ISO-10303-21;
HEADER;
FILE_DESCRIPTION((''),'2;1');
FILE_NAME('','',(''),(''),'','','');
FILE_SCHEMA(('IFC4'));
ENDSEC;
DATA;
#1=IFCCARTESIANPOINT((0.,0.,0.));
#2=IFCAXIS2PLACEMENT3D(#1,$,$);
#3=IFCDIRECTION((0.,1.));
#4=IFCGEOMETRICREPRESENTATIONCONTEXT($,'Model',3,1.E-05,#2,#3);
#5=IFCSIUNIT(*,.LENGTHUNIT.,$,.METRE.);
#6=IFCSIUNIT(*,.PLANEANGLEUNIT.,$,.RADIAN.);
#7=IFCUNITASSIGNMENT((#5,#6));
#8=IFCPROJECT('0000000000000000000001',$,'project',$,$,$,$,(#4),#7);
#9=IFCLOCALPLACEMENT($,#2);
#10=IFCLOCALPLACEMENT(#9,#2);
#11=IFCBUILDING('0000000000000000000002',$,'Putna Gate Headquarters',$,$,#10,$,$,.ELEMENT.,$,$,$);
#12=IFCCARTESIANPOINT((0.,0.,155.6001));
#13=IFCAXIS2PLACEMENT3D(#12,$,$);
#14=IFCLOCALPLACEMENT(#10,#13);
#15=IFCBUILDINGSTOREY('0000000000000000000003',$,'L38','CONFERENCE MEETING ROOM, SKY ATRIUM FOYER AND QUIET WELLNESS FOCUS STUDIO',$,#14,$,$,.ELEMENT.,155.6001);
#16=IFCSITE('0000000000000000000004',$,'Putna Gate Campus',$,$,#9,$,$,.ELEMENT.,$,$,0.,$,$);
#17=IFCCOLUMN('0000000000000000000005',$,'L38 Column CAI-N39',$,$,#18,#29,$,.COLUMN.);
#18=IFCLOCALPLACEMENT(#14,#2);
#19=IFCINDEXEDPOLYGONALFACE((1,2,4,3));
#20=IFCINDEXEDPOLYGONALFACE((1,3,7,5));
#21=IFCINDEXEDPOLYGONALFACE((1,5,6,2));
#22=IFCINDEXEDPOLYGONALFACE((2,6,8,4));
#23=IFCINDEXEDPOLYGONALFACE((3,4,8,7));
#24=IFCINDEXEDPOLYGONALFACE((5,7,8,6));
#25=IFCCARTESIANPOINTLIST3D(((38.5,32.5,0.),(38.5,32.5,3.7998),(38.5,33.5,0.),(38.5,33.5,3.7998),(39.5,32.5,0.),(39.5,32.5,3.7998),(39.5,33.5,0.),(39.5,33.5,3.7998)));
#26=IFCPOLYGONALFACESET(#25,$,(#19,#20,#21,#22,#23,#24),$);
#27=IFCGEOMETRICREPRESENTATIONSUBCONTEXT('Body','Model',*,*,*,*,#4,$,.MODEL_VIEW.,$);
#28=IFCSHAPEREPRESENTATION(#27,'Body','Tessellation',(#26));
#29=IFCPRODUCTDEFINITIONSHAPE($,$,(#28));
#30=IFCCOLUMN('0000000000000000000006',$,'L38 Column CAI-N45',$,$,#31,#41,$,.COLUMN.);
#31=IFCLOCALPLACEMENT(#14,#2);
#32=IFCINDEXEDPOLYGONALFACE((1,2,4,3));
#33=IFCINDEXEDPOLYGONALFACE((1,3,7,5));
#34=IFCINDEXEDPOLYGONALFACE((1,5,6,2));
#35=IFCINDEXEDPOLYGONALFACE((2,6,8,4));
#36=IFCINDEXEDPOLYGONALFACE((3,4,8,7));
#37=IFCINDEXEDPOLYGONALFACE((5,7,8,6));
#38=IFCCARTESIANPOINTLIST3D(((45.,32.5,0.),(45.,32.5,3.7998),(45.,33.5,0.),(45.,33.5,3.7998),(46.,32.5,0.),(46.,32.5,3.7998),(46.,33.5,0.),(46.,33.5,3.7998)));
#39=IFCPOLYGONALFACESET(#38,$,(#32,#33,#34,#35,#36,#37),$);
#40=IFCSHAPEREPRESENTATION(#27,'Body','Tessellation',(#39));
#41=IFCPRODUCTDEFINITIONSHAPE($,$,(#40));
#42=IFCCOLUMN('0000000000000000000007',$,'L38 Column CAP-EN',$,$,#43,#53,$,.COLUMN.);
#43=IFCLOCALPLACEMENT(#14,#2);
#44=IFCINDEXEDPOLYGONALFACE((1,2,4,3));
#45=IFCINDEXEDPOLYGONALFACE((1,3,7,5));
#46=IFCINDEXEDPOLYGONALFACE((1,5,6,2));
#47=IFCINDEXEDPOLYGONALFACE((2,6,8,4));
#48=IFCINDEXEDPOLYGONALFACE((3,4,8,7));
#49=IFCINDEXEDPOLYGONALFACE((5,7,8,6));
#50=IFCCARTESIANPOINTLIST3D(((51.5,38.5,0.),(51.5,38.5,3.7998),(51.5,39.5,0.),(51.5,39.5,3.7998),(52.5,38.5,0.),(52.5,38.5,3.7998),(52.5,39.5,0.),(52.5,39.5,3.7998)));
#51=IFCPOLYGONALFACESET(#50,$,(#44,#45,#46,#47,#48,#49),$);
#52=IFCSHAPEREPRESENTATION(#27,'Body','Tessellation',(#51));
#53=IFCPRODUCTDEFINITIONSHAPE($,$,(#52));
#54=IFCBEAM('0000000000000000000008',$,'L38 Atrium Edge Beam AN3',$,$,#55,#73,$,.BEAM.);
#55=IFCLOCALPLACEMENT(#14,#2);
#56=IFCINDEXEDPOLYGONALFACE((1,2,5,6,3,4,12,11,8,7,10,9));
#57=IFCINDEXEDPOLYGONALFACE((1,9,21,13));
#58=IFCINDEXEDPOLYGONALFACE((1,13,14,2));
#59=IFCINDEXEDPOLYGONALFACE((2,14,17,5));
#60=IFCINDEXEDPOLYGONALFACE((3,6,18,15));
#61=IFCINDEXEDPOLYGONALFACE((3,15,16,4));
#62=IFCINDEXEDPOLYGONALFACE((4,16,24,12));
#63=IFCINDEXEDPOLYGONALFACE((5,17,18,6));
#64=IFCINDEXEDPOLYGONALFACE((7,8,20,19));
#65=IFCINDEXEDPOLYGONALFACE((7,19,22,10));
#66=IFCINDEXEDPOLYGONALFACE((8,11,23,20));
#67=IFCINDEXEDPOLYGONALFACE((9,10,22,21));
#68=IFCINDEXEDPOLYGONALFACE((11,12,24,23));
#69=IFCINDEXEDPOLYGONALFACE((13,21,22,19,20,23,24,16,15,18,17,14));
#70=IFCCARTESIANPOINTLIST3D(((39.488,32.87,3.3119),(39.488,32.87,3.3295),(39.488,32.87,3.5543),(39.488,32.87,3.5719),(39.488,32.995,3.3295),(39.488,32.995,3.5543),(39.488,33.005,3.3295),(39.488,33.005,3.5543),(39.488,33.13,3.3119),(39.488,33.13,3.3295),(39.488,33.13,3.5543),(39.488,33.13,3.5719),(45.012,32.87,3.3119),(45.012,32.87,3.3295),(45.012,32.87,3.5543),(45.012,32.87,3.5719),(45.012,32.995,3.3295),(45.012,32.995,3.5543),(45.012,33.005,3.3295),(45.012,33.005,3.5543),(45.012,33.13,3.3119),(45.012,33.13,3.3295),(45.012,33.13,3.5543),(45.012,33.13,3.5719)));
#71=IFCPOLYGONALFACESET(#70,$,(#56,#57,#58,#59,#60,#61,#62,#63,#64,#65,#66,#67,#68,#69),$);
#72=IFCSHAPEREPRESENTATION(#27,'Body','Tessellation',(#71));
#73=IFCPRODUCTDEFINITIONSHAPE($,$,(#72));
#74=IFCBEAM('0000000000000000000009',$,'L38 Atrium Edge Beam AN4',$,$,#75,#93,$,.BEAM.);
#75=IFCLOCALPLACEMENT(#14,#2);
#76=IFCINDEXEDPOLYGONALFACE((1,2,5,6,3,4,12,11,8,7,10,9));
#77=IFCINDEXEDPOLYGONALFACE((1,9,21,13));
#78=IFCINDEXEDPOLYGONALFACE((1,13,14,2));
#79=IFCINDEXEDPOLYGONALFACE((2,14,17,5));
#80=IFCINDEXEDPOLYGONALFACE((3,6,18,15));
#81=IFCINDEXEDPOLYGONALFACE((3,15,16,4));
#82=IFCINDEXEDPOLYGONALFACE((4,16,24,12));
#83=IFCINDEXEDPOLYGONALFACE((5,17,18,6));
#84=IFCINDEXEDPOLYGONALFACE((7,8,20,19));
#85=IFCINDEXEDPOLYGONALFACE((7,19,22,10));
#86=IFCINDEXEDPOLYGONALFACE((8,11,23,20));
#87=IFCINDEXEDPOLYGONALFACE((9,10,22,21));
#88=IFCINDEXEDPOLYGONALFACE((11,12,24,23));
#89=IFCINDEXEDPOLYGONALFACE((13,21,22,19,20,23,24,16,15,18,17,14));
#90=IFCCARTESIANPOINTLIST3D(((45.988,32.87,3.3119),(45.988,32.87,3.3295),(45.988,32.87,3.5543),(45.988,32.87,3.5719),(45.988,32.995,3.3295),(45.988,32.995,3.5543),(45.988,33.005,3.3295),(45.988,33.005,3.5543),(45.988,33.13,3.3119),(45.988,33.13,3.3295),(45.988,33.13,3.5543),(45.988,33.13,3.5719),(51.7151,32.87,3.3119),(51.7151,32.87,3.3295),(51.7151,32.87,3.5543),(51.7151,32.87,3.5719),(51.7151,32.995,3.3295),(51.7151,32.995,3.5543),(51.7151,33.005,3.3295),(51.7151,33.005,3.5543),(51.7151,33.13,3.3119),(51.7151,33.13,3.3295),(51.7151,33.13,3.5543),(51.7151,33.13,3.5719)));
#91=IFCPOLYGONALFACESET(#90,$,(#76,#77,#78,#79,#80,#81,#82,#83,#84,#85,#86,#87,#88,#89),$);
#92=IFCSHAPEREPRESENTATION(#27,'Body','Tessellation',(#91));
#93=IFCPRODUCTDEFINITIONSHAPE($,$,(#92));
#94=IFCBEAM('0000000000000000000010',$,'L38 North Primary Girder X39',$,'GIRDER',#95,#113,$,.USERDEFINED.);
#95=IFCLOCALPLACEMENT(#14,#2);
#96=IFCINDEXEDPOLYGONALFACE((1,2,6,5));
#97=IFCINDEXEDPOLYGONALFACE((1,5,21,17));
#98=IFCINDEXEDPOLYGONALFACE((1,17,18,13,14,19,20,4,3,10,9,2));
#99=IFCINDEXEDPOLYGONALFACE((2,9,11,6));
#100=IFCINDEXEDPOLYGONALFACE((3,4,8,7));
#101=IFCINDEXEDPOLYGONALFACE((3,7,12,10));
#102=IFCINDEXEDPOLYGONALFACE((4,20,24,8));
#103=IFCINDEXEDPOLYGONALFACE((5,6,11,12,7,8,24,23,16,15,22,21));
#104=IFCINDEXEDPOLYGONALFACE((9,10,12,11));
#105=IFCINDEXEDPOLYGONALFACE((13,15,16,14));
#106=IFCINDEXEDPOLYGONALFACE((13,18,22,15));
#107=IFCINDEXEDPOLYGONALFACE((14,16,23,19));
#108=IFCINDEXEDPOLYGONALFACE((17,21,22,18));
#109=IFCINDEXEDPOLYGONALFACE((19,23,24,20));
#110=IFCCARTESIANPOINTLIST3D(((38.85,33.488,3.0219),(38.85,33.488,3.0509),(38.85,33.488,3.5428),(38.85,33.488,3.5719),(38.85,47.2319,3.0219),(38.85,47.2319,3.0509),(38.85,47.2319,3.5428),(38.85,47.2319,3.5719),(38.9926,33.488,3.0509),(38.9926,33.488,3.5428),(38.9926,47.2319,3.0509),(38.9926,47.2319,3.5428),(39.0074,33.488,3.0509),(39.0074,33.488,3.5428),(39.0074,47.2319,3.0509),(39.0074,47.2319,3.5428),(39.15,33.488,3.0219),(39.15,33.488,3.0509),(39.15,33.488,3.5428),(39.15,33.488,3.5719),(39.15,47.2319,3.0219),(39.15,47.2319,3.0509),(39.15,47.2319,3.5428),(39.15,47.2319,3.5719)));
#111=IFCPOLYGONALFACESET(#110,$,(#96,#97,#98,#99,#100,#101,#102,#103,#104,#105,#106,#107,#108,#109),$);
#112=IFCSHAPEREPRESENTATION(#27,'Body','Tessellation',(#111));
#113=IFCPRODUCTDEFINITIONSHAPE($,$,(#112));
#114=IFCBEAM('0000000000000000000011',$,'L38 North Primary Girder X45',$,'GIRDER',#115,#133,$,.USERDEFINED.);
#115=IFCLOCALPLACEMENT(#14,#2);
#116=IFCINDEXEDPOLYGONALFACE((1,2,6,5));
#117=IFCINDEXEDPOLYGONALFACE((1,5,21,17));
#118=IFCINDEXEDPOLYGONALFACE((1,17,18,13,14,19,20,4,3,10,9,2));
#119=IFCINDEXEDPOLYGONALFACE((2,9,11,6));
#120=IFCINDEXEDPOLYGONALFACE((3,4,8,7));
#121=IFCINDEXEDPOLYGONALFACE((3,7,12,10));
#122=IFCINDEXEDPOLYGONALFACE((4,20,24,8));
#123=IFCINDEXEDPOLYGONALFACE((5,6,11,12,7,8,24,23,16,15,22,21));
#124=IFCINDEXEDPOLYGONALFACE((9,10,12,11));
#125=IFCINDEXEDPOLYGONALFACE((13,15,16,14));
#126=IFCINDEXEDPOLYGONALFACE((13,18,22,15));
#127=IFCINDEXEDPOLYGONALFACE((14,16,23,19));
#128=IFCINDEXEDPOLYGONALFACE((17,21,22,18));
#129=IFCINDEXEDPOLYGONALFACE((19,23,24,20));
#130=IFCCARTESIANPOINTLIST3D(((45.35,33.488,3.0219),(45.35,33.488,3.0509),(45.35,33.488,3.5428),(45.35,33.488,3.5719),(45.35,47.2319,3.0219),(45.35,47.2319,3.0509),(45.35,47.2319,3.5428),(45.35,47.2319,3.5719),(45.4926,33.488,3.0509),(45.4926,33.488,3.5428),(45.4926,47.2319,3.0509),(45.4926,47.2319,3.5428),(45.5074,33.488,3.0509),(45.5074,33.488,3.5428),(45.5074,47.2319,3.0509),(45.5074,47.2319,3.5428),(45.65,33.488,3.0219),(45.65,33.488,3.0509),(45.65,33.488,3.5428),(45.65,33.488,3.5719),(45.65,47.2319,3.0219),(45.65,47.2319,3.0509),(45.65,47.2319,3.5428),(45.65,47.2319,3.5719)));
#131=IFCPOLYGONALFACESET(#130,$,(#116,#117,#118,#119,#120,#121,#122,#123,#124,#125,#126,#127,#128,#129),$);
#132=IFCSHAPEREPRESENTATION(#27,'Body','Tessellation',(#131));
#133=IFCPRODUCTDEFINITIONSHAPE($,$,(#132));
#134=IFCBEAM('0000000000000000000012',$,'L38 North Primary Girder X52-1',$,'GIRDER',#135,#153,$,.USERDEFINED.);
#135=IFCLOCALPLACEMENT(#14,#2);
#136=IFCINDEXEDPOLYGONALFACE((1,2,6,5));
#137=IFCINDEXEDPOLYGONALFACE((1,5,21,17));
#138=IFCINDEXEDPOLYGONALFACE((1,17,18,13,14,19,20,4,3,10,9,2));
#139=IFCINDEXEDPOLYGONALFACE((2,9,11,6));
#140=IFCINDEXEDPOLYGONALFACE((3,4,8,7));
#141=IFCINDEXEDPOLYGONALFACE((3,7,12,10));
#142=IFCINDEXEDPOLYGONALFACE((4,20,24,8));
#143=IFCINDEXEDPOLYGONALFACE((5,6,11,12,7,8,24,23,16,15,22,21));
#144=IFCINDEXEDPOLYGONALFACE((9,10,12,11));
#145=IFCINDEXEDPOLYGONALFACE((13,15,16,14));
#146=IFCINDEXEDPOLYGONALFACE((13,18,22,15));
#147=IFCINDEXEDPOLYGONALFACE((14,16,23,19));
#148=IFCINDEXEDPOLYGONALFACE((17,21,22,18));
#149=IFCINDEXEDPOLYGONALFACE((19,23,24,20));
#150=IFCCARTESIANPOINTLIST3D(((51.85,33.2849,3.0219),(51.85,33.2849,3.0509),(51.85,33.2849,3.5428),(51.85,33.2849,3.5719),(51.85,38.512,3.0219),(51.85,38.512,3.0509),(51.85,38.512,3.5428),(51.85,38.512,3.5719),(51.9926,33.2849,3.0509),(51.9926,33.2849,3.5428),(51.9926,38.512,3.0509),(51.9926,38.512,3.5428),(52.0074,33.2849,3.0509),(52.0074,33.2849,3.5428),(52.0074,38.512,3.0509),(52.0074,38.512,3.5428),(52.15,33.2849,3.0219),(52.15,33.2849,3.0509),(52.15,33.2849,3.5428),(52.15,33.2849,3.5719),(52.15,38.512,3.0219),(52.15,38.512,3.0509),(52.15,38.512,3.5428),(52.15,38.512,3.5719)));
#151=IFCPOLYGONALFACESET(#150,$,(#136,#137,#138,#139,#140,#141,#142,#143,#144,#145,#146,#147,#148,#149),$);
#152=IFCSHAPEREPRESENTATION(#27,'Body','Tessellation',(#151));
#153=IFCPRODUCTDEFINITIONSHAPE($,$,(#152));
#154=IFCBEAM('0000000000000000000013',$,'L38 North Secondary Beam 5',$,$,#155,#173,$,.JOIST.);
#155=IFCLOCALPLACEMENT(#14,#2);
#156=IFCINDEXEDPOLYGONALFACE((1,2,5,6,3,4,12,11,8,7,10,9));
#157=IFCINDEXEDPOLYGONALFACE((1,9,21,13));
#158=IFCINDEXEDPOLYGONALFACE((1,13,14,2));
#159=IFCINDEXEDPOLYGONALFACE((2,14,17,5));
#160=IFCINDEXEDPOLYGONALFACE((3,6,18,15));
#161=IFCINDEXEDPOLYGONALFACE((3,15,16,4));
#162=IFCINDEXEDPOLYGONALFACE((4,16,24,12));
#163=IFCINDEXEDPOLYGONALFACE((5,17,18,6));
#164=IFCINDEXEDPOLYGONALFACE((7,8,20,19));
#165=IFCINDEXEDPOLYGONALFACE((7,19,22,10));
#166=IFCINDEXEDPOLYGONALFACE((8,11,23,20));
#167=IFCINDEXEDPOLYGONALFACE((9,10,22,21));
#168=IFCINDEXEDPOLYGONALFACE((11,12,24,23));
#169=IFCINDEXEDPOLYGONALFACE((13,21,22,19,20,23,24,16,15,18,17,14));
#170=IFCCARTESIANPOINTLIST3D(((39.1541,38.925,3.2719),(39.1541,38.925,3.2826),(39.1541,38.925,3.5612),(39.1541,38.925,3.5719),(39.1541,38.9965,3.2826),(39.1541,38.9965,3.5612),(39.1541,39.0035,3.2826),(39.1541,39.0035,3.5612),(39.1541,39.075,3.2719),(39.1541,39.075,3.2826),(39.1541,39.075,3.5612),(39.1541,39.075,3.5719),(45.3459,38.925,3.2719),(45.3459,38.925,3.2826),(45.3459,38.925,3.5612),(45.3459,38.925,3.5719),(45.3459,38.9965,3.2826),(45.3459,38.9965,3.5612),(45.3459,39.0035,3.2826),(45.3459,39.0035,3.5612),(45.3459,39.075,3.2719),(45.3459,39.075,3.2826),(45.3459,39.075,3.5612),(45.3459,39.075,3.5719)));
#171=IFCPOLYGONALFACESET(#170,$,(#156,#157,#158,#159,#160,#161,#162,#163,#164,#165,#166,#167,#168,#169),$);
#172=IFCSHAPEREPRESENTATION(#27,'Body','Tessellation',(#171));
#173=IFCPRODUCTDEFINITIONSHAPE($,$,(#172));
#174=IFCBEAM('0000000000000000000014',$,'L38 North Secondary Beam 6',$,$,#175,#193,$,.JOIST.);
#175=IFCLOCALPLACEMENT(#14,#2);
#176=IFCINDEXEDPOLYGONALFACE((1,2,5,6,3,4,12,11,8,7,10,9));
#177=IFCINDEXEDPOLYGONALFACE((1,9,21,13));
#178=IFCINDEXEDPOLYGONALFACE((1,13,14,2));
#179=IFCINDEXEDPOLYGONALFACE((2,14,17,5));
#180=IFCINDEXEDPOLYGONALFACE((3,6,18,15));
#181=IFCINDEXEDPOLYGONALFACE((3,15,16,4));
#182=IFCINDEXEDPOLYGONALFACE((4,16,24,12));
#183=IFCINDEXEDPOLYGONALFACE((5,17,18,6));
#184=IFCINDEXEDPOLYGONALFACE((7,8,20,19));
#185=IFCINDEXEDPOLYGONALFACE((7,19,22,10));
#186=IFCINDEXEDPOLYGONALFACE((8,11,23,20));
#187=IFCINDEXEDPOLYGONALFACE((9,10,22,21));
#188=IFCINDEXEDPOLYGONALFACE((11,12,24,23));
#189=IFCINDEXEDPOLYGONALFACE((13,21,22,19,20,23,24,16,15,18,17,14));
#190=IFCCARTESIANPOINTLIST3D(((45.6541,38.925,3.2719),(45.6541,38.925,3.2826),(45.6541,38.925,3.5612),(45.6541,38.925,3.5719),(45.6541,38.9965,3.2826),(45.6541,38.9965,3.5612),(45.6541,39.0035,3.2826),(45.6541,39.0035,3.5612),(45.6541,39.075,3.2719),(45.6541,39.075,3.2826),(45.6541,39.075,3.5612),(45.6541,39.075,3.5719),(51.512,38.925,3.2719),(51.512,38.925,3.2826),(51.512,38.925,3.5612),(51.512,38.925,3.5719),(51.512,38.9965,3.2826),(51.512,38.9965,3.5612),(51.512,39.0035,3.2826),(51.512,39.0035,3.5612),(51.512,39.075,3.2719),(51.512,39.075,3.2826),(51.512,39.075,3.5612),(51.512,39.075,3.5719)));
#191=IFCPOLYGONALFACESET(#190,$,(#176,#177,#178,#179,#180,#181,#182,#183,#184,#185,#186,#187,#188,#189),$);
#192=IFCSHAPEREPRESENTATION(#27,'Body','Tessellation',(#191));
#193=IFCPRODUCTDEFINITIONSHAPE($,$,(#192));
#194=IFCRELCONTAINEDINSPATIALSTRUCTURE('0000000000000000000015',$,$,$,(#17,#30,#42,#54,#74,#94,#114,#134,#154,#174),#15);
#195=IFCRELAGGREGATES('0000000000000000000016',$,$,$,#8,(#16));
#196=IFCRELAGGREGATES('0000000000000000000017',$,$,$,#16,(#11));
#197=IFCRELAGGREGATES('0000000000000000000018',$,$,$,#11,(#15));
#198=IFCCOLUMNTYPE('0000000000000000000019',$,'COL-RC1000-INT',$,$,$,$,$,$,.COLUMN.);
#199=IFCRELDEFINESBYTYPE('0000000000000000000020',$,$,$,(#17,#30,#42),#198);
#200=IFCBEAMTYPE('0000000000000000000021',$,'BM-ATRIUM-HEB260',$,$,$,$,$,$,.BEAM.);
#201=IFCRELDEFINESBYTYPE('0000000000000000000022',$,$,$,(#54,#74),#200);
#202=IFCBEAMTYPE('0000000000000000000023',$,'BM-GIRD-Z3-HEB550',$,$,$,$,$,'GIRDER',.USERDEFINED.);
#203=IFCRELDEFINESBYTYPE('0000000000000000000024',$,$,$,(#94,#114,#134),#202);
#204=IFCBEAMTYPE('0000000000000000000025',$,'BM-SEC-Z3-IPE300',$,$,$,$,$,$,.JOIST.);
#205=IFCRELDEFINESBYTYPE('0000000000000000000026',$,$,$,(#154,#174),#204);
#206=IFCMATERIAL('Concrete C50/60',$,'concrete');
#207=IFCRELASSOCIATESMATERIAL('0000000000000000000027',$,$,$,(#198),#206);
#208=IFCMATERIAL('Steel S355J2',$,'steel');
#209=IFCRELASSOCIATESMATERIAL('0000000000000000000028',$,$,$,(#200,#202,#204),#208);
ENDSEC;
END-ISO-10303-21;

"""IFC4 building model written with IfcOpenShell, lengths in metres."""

from ifc_helpers import new_model, si_unit, direction, frame, origin, origin_2d, place, context, subcontext, project, spatial, rectangle, i_section, extrude, material, material_profile, profile_set, type_object, element, save


model = new_model("IFC4")

# Units and contexts
model_context = context("Model", 3, precision=1e-05, world=origin(), true_north=direction((0.0, 1.0)))
body_context = subcontext(model_context, "Body", "Model", "MODEL_VIEW")
ifc_project = project(units=[si_unit("LENGTHUNIT", "METRE"), si_unit("PLANEANGLEUNIT", "RADIAN")], contexts=[model_context])

# Site, building, storey
site_placement = place(None, origin())
site = spatial("IfcSite", under=ifc_project, at=site_placement, Name="Putna Gate Campus", CompositionType="ELEMENT", RefElevation=0.0)
building_placement = place(site_placement, origin())
building = spatial("IfcBuilding", under=site, at=building_placement, Name="Putna Gate Headquarters", CompositionType="ELEMENT")
storey_placement = place(building_placement, frame((0.0, 0.0, 155.6001)))
storey = spatial("IfcBuildingStorey", under=building, at=storey_placement, Name="L38", Description="CONFERENCE MEETING ROOM, SKY ATRIUM FOYER AND QUIET WELLNESS FOCUS STUDIO", CompositionType="ELEMENT", Elevation=155.6001)

# Columns
ifc_material_1 = material(Name="Concrete C50/60", Category="concrete")
ifc_material_profile_1 = material_profile(ifc_material_1, rectangle(XDim=1.0, YDim=1.0, at=origin_2d()), Name="Concrete C50/60")
ifc_profile_set_1 = profile_set([ifc_material_profile_1], Name="Concrete C50/60")
column_type = type_object("IfcColumnType", Name="COL-RC1000-INT", PredefinedType="COLUMN", material=ifc_profile_set_1)
for number, where, z_axis, x_axis, name in (
    (1, (39.0, 33.0, 0.0), (0.0, 0.0, 1.0), (1.0, 0.0, 0.0), "L38 Column CAI-N39"),
    (2, (45.5, 33.0, 0.0), (0.0, 0.0, 1.0), (1.0, 0.0, 0.0), "L38 Column CAI-N45"),
    (3, (52.0, 39.0, 0.0), (0.0, 0.0, 1.0), (1.0, 0.0, 0.0), "L38 Column CAP-EN"),
):
    element("IfcColumn", number, at=place(storey_placement, frame(where, z_axis=z_axis, x_axis=x_axis)), inside=storey, type_object=column_type, Name=name, PredefinedType="COLUMN", context=body_context, shape_type="SweptSolid", body=[
        extrude(rectangle(XDim=1.0, YDim=1.0, at=origin_2d()), origin(), (0.0, 0.0, 1.0), 3.7998),
    ])

# Beams
ifc_material_2 = material(Name="Steel S355J2", Category="steel")
ifc_material_profile_2 = material_profile(ifc_material_2, i_section(OverallWidth=0.26, OverallDepth=0.26, WebThickness=0.01, FlangeThickness=0.0176, at=origin_2d()), Name="Steel S355J2")
ifc_profile_set_2 = profile_set([ifc_material_profile_2], Name="Steel S355J2")
beam_type_1 = type_object("IfcBeamType", Name="BM-ATRIUM-HEB260", PredefinedType="BEAM", material=ifc_profile_set_2)
beam_1_placement = place(storey_placement, frame((39.488, 33.0, 3.4419), z_axis=(1.0, 0.0, 0.0), x_axis=(0.0, 1.0, 0.0)))
element("IfcBeam", 4, at=beam_1_placement, inside=storey, type_object=beam_type_1, Name="L38 Atrium Edge Beam AN3", PredefinedType="BEAM", context=body_context, shape_type="SweptSolid", body=[
    extrude(i_section(OverallWidth=0.26, OverallDepth=0.26, WebThickness=0.01, FlangeThickness=0.0176, at=origin_2d()), origin(), (0.0, 0.0, 1.0), 5.5239),
])
beam_2_placement = place(storey_placement, frame((45.988, 33.0, 3.4419), z_axis=(1.0, 0.0, 0.0), x_axis=(0.0, 1.0, 0.0)))
element("IfcBeam", 5, at=beam_2_placement, inside=storey, type_object=beam_type_1, Name="L38 Atrium Edge Beam AN4", PredefinedType="BEAM", context=body_context, shape_type="SweptSolid", body=[
    extrude(i_section(OverallWidth=0.26, OverallDepth=0.26, WebThickness=0.01, FlangeThickness=0.0176, at=origin_2d()), origin(), (0.0, 0.0, 1.0), 5.7271),
])
ifc_material_profile_3 = material_profile(ifc_material_2, i_section(OverallWidth=0.3, OverallDepth=0.55, WebThickness=0.0149, FlangeThickness=0.0291, at=origin_2d()), Name="Steel S355J2")
ifc_profile_set_3 = profile_set([ifc_material_profile_3], Name="Steel S355J2")
beam_type_2 = type_object("IfcBeamType", Name="BM-GIRD-Z3-HEB550", ElementType="GIRDER", PredefinedType="USERDEFINED", material=ifc_profile_set_3)
for number, where, z_axis, x_axis, name in (
    (6, (39.0, 33.488, 3.2969), (0.0, 1.0, 0.0), (-1.0, 0.0, 0.0), "L38 North Primary Girder X39"),
    (7, (45.5, 33.488, 3.2969), (0.0, 1.0, 0.0), (-1.0, 0.0, 0.0), "L38 North Primary Girder X45"),
):
    element("IfcBeam", number, at=place(storey_placement, frame(where, z_axis=z_axis, x_axis=x_axis)), inside=storey, type_object=beam_type_2, Name=name, ObjectType="GIRDER", PredefinedType="USERDEFINED", context=body_context, shape_type="SweptSolid", body=[
        extrude(i_section(OverallWidth=0.3, OverallDepth=0.55, WebThickness=0.0149, FlangeThickness=0.0291, at=origin_2d()), origin(), (0.0, 0.0, 1.0), 13.7439),
    ])
beam_3_placement = place(storey_placement, frame((52.0, 33.2849, 3.2969), z_axis=(0.0, 1.0, 0.0), x_axis=(-1.0, 0.0, 0.0)))
element("IfcBeam", 8, at=beam_3_placement, inside=storey, type_object=beam_type_2, Name="L38 North Primary Girder X52-1", ObjectType="GIRDER", PredefinedType="USERDEFINED", context=body_context, shape_type="SweptSolid", body=[
    extrude(i_section(OverallWidth=0.3, OverallDepth=0.55, WebThickness=0.0149, FlangeThickness=0.0291, at=origin_2d()), origin(), (0.0, 0.0, 1.0), 5.2271),
])
ifc_material_profile_4 = material_profile(ifc_material_2, i_section(OverallWidth=0.1499, OverallDepth=0.3, WebThickness=0.0071, FlangeThickness=0.0107, at=origin_2d()), Name="Steel S355J2")
ifc_profile_set_4 = profile_set([ifc_material_profile_4], Name="Steel S355J2")
beam_type_3 = type_object("IfcBeamType", Name="BM-SEC-Z3-IPE300", PredefinedType="JOIST", material=ifc_profile_set_4)
beam_4_placement = place(storey_placement, frame((39.1541, 39.0, 3.4219), z_axis=(1.0, 0.0, 0.0), x_axis=(0.0, 1.0, 0.0)))
element("IfcBeam", 9, at=beam_4_placement, inside=storey, type_object=beam_type_3, Name="L38 North Secondary Beam 5", PredefinedType="JOIST", context=body_context, shape_type="SweptSolid", body=[
    extrude(i_section(OverallWidth=0.1499, OverallDepth=0.3, WebThickness=0.0071, FlangeThickness=0.0107, at=origin_2d()), origin(), (0.0, 0.0, 1.0), 6.1919),
])
beam_5_placement = place(storey_placement, frame((45.6541, 39.0, 3.4219), z_axis=(1.0, 0.0, 0.0), x_axis=(0.0, 1.0, 0.0)))
element("IfcBeam", 10, at=beam_5_placement, inside=storey, type_object=beam_type_3, Name="L38 North Secondary Beam 6", PredefinedType="JOIST", context=body_context, shape_type="SweptSolid", body=[
    extrude(i_section(OverallWidth=0.1499, OverallDepth=0.3, WebThickness=0.0071, FlangeThickness=0.0107, at=origin_2d()), origin(), (0.0, 0.0, 1.0), 5.8579),
])

save(model, "model.ifc")
